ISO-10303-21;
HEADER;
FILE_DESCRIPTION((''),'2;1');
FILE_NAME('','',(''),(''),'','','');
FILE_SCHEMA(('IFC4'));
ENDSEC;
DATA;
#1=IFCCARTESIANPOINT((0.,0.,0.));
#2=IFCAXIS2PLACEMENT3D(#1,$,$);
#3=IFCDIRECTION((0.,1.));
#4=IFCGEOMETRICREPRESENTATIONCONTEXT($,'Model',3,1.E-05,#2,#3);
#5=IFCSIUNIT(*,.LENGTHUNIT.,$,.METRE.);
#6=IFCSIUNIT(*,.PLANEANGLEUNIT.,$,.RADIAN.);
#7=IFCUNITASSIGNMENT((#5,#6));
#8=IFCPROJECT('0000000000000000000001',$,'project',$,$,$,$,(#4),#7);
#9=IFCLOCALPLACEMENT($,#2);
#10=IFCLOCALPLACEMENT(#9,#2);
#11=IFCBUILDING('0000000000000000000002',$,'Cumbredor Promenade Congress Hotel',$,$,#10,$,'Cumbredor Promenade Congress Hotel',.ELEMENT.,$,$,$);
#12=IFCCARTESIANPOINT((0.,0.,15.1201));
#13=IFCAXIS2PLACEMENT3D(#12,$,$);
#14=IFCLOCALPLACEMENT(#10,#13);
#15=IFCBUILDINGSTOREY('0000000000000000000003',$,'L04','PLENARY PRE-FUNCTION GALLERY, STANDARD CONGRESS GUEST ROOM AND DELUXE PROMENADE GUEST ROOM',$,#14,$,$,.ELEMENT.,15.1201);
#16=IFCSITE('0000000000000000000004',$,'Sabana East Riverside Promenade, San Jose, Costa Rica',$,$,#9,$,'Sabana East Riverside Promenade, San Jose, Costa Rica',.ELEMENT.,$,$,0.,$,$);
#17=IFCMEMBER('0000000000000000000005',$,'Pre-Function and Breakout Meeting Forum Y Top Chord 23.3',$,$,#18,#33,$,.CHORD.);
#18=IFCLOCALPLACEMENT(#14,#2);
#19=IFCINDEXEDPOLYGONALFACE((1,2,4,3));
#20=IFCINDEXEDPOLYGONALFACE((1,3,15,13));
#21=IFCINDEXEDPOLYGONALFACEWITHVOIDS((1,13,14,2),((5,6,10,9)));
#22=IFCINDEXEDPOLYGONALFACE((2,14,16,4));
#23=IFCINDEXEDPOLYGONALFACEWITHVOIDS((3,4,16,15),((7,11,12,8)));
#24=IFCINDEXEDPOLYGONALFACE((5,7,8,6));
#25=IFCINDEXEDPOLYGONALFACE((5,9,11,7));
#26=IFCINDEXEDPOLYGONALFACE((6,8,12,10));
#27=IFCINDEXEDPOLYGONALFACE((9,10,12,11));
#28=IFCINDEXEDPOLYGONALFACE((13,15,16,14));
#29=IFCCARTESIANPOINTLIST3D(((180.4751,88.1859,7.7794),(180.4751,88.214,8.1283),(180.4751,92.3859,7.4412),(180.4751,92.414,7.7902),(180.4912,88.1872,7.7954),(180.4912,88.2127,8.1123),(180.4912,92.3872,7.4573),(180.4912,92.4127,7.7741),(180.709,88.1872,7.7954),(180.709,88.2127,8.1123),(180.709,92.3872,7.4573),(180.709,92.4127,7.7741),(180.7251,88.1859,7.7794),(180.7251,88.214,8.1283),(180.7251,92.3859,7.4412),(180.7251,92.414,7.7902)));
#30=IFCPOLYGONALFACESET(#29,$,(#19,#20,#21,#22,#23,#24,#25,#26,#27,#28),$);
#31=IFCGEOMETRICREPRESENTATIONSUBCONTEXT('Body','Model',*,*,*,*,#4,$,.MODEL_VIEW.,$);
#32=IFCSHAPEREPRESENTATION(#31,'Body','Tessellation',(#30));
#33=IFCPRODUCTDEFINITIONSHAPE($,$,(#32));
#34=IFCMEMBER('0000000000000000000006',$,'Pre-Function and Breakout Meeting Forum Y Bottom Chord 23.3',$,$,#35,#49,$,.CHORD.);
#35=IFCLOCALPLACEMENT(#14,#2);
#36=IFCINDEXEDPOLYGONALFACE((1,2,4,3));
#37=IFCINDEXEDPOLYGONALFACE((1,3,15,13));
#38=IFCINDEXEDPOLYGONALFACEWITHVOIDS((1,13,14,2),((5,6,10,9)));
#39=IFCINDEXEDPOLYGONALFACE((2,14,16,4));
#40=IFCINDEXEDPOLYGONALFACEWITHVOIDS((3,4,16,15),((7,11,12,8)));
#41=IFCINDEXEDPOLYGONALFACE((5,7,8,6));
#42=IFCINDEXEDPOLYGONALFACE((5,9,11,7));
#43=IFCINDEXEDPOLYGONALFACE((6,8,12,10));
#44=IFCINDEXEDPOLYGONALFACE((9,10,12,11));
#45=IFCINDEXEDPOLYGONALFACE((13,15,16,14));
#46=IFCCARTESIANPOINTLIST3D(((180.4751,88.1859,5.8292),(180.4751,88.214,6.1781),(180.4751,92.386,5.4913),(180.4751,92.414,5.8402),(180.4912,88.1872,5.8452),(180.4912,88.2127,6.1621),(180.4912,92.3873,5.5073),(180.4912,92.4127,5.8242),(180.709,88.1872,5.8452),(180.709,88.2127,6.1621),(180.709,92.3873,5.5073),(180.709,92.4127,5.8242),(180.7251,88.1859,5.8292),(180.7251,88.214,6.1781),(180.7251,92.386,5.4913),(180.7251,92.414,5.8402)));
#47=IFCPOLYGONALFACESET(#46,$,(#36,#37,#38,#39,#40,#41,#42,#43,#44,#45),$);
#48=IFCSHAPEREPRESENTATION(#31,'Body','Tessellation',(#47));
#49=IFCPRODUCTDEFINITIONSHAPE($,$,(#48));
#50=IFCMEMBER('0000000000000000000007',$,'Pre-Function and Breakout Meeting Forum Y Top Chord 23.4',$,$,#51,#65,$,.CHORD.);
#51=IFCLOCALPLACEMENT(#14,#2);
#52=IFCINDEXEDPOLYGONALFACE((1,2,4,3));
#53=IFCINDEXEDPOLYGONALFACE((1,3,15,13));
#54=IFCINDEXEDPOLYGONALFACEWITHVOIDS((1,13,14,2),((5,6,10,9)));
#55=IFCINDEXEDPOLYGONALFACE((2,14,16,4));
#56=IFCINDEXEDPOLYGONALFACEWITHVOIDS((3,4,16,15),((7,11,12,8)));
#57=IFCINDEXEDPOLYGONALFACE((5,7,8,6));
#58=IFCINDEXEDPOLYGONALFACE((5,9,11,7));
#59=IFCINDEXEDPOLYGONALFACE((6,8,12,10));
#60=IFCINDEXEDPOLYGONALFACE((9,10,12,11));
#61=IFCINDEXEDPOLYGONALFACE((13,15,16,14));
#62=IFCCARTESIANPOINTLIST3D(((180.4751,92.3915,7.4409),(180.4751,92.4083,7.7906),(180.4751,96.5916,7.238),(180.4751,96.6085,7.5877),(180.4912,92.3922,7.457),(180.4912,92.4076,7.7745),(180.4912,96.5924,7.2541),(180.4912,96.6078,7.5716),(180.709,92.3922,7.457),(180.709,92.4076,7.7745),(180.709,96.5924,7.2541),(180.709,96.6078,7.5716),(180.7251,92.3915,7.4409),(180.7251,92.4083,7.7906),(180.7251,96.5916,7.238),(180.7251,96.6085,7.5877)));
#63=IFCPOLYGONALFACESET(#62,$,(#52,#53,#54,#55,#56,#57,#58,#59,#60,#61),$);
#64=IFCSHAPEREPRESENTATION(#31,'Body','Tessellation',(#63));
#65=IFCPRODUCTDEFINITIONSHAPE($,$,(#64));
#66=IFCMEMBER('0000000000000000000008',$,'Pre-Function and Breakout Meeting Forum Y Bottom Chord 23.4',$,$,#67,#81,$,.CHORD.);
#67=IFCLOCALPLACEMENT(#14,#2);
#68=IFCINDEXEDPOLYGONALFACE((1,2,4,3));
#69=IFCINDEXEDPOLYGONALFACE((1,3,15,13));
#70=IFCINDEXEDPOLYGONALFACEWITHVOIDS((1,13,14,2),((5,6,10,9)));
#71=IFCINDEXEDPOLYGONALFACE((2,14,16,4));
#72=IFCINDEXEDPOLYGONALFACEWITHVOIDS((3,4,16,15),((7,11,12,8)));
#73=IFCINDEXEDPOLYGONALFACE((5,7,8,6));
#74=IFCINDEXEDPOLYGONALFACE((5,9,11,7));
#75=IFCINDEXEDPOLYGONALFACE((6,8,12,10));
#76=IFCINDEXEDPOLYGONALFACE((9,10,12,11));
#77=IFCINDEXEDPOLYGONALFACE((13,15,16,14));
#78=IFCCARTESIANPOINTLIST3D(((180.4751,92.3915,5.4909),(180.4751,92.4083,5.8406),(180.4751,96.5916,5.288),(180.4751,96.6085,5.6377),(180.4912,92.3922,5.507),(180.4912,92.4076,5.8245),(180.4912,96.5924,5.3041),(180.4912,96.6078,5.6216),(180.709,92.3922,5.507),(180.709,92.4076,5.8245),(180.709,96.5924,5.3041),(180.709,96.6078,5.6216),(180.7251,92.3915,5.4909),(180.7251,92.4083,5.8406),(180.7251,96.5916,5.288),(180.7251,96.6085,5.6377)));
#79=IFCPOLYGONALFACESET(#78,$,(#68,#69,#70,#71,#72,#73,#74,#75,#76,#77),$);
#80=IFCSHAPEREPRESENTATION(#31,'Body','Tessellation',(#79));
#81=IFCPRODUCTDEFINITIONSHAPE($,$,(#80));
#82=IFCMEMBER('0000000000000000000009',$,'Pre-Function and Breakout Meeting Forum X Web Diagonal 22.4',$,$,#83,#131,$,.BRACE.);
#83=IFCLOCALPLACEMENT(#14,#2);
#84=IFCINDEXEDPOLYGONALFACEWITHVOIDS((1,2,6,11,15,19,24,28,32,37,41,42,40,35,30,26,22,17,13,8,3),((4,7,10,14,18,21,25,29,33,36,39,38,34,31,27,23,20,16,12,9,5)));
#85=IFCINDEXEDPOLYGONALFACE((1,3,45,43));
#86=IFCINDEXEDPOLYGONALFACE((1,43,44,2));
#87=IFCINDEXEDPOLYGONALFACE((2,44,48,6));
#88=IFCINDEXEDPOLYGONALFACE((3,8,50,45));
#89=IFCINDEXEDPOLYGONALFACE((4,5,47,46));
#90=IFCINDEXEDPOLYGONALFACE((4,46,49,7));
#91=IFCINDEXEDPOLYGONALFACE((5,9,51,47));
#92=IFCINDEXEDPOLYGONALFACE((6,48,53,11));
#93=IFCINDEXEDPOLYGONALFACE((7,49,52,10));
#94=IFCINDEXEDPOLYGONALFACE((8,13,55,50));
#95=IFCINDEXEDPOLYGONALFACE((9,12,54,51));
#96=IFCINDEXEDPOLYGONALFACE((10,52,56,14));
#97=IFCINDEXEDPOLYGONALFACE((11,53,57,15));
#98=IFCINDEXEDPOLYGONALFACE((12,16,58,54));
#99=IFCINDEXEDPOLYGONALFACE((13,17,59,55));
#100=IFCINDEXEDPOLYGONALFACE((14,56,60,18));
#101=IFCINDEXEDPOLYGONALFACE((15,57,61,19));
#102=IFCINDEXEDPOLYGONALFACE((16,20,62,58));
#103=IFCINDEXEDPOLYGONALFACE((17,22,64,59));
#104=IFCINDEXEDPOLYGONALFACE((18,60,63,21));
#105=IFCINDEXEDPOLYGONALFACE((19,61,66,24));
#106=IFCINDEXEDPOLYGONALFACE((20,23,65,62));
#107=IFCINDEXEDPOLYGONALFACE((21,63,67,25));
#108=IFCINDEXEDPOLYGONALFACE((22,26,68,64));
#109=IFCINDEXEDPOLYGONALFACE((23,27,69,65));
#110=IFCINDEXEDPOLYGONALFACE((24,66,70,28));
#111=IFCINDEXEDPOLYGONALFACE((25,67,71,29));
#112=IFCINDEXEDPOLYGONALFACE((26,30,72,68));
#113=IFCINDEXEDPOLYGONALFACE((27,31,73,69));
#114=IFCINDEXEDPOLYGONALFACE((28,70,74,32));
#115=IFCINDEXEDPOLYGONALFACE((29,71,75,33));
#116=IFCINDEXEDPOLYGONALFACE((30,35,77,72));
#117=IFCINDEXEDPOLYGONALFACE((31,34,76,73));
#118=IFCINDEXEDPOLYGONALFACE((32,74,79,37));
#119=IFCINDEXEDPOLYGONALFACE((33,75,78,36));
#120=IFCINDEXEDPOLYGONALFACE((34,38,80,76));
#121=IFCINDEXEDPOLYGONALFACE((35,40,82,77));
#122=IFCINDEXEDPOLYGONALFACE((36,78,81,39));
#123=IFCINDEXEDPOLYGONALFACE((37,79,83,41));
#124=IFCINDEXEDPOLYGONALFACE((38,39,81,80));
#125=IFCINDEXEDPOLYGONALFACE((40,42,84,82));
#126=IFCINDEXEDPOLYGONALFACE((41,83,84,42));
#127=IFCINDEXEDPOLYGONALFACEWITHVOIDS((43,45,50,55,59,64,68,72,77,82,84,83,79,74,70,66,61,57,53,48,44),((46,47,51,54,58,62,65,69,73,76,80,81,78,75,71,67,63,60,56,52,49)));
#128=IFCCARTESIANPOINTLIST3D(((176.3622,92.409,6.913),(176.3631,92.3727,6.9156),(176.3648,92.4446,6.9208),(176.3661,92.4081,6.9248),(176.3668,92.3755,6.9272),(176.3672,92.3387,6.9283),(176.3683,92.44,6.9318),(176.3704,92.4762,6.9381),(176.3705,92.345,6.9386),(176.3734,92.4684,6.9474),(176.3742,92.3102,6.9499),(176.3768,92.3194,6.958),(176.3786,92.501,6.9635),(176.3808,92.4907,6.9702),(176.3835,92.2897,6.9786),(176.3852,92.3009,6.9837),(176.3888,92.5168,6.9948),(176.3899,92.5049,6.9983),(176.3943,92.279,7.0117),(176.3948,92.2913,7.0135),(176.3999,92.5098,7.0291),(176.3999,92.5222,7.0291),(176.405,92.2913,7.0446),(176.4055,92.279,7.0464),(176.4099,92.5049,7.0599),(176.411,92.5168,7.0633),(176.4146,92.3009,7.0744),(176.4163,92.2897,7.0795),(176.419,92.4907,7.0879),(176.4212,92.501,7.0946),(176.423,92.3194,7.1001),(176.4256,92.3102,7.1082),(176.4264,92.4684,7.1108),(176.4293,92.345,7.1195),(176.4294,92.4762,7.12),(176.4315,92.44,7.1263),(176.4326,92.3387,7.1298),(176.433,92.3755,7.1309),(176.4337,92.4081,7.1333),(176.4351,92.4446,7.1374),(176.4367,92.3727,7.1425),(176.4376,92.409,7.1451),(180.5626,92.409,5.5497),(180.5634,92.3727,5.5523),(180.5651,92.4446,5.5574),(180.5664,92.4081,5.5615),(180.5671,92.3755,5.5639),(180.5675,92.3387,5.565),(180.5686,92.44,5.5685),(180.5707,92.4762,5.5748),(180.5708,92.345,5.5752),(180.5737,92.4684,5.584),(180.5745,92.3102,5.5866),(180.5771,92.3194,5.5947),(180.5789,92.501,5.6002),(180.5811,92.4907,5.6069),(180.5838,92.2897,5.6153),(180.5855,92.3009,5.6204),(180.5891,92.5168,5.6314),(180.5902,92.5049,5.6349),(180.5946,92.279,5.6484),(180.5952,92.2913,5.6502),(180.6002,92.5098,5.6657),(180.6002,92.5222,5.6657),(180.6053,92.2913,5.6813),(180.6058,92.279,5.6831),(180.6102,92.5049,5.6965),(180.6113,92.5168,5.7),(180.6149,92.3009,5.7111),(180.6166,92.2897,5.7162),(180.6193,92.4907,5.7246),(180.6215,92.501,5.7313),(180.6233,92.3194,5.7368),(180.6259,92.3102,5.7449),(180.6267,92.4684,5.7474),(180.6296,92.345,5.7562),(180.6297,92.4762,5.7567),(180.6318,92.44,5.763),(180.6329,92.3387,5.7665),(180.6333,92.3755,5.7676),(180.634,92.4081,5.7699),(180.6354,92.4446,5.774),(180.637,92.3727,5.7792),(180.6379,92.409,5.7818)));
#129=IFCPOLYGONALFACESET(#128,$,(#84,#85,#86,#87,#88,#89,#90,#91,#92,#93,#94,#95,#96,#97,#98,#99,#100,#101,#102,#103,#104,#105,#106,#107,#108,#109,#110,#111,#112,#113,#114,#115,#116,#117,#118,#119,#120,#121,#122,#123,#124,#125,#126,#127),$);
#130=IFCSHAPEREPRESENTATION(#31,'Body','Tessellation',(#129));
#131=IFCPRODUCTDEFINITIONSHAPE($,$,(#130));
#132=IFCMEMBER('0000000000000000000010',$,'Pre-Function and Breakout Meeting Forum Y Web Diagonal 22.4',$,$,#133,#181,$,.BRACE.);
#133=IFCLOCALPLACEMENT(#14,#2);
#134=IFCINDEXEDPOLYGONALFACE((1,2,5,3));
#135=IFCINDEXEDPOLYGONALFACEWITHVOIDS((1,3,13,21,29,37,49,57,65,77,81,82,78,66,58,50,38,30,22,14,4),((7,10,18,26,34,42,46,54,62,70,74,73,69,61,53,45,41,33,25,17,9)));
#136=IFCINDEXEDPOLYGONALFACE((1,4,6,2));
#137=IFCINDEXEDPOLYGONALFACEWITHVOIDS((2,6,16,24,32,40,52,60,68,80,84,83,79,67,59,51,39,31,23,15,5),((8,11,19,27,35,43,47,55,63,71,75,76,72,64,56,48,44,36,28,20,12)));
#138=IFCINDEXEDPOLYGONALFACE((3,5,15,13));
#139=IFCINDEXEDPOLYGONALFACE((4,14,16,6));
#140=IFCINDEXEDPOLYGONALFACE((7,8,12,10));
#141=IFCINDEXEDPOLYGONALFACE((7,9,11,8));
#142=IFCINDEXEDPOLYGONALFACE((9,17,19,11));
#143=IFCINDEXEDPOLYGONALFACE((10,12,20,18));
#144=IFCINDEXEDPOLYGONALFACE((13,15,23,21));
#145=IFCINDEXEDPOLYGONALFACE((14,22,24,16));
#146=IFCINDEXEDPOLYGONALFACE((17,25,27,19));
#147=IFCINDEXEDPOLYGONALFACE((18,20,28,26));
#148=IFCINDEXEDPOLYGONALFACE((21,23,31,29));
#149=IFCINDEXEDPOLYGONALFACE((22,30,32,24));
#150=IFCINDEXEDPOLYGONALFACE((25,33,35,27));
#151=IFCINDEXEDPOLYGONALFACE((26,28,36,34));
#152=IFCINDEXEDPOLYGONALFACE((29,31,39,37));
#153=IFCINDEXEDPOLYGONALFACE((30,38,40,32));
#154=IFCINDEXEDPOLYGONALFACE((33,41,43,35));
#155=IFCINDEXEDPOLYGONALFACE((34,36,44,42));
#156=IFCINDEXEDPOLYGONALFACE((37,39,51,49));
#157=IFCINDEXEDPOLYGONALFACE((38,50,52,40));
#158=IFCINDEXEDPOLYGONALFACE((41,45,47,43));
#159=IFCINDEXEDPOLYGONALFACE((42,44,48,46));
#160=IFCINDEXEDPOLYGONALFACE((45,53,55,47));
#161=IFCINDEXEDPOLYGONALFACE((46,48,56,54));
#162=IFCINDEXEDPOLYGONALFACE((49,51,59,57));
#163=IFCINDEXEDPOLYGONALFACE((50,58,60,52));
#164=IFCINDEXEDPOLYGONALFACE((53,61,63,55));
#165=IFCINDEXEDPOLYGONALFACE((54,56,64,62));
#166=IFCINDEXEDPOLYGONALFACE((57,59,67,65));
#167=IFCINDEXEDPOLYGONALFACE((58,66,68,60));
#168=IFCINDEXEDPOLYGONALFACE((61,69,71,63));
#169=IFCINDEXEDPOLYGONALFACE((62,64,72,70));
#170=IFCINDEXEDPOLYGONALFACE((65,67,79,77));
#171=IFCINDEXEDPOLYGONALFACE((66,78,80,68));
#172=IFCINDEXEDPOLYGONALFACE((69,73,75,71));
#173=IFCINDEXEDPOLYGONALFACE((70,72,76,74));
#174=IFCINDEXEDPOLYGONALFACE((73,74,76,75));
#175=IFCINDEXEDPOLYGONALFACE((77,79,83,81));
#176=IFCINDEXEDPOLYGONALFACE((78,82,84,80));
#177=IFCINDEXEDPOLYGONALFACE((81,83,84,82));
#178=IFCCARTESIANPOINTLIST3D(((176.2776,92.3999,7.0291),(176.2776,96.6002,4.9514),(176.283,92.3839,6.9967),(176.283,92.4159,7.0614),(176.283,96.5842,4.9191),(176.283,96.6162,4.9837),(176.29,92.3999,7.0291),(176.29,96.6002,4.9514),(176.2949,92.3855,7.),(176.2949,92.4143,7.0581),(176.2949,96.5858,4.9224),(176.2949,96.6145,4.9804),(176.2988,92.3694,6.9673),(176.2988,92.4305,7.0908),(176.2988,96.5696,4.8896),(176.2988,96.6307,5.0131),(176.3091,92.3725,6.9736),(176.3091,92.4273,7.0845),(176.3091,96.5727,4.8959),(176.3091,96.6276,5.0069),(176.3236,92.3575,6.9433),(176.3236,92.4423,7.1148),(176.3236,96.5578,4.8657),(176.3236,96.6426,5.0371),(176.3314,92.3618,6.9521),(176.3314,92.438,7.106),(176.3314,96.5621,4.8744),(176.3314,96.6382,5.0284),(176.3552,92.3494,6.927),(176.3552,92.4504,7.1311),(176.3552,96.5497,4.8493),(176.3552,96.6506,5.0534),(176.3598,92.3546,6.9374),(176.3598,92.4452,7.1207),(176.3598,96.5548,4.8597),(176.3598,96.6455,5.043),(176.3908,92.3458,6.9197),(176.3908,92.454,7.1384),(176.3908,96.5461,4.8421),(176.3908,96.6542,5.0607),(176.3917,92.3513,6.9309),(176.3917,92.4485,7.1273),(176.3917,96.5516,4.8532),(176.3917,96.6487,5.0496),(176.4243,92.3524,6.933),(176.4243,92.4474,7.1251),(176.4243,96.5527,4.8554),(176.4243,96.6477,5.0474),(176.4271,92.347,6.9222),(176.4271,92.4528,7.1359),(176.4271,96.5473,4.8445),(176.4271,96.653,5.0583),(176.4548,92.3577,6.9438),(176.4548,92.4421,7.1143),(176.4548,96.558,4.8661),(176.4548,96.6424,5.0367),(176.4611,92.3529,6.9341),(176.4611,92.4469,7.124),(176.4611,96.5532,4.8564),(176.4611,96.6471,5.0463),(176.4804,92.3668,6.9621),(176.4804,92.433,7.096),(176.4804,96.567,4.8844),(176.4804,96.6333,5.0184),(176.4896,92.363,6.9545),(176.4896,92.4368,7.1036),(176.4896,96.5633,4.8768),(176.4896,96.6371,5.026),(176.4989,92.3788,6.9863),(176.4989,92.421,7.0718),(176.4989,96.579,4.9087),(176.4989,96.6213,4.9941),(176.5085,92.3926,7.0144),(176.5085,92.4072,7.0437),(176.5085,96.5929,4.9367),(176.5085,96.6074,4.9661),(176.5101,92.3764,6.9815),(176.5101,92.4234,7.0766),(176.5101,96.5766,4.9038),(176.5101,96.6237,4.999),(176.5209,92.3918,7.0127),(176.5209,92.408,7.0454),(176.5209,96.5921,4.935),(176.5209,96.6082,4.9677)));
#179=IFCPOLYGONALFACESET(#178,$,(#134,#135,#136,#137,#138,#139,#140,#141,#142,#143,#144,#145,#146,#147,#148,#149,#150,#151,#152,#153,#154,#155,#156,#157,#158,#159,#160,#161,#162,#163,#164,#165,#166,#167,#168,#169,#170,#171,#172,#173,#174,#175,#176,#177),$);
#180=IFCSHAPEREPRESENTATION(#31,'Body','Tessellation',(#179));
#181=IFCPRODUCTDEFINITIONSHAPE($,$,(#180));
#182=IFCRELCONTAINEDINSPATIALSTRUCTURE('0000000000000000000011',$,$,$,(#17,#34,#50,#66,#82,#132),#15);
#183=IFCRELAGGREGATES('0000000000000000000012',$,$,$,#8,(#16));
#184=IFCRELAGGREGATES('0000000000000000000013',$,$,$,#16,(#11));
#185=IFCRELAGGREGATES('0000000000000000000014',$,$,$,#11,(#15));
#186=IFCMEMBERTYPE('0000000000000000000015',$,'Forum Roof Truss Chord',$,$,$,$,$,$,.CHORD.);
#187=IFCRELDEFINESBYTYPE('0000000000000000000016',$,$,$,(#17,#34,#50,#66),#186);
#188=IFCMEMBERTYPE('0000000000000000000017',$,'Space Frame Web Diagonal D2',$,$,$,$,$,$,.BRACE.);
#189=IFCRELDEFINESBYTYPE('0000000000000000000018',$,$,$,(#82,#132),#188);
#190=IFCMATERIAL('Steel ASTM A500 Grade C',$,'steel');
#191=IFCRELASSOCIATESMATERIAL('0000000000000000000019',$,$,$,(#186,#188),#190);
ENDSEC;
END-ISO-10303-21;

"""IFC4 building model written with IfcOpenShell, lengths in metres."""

from ifc_helpers import new_model, si_unit, direction, frame, origin, origin_2d, place, context, subcontext, project, spatial, hollow_rectangle, hollow_circle, extrude, material, material_profile, profile_set, type_object, element, save


model = new_model("IFC4")

# Units and contexts
model_context = context("Model", 3, precision=1e-05, world=origin(), true_north=direction((0.0, 1.0)))
body_context = subcontext(model_context, "Body", "Model", "MODEL_VIEW")
ifc_project = project(units=[si_unit("LENGTHUNIT", "METRE"), si_unit("PLANEANGLEUNIT", "RADIAN")], contexts=[model_context])

# Site, building, storey
site_placement = place(None, origin())
site = spatial("IfcSite", under=ifc_project, at=site_placement, Name="Sabana East Riverside Promenade, San Jose, Costa Rica", LongName="Sabana East Riverside Promenade, San Jose, Costa Rica", CompositionType="ELEMENT", RefElevation=0.0)
building_placement = place(site_placement, origin())
building = spatial("IfcBuilding", under=site, at=building_placement, Name="Cumbredor Promenade Congress Hotel", LongName="Cumbredor Promenade Congress Hotel", CompositionType="ELEMENT")
storey_placement = place(building_placement, frame((0.0, 0.0, 15.1201)))
storey = spatial("IfcBuildingStorey", under=building, at=storey_placement, Name="L04", Description="PLENARY PRE-FUNCTION GALLERY, STANDARD CONGRESS GUEST ROOM AND DELUXE PROMENADE GUEST ROOM", CompositionType="ELEMENT", Elevation=15.1201)

# Members
ifc_material_1 = material(Name="Steel ASTM A500 Grade C", Category="steel")
ifc_material_profile_1 = material_profile(ifc_material_1, hollow_rectangle(XDim=0.25, YDim=0.3501, WallThickness=0.0161, at=origin_2d()), Name="HSS 350x250x16")
ifc_profile_set_1 = profile_set([ifc_material_profile_1], Name="Steel ASTM A500 Grade C")
member_type_1 = type_object("IfcMemberType", Name="Forum Roof Truss Chord", PredefinedType="CHORD", material=ifc_profile_set_1)
for number, where, z_axis, x_axis, name in (
    (1, (180.6001, 88.2, 7.9539), (0.0, 0.996775, -0.08025), (-1.0, 0.0, 0.0), "Pre-Function and Breakout Meeting Forum Y Top Chord 23.3"),
    (2, (180.6001, 88.2, 6.0037), (0.0, 0.996779, -0.080192), (-1.0, 0.0, 0.0), "Pre-Function and Breakout Meeting Forum Y Bottom Chord 23.3"),
):
    element("IfcMember", number, at=place(storey_placement, frame(where, z_axis=z_axis, x_axis=x_axis)), inside=storey, type_object=member_type_1, Name=name, PredefinedType="CHORD", context=body_context, shape_type="SweptSolid", body=[
        extrude(hollow_rectangle(XDim=0.25, YDim=0.3501, WallThickness=0.0161, at=origin_2d()), origin(), (0.0, 0.0, 1.0), 4.2136),
    ])
for number, where, z_axis, x_axis, name in (
    (3, (180.6001, 92.3999, 7.6157), (0.0, 0.998835, -0.048246), (-1.0, 0.0, 0.0), "Pre-Function and Breakout Meeting Forum Y Top Chord 23.4"),
    (4, (180.6001, 92.3999, 5.6658), (0.0, 0.998835, -0.048246), (-1.0, 0.0, 0.0), "Pre-Function and Breakout Meeting Forum Y Bottom Chord 23.4"),
):
    element("IfcMember", number, at=place(storey_placement, frame(where, z_axis=z_axis, x_axis=x_axis)), inside=storey, type_object=member_type_1, Name=name, PredefinedType="CHORD", context=body_context, shape_type="SweptSolid", body=[
        extrude(hollow_rectangle(XDim=0.25, YDim=0.3501, WallThickness=0.0161, at=origin_2d()), origin(), (0.0, 0.0, 1.0), 4.2051),
    ])
ifc_material_profile_2 = material_profile(ifc_material_1, hollow_circle(Radius=0.1223, WallThickness=0.0125, at=origin_2d()), Name="CHS 244.5x12.5")
ifc_profile_set_2 = profile_set([ifc_material_profile_2], Name="Steel ASTM A500 Grade C")
member_type_2 = type_object("IfcMemberType", Name="Space Frame Web Diagonal D2", PredefinedType="BRACE", material=ifc_profile_set_2)
member_1_placement = place(storey_placement, frame((176.3999, 92.3999, 7.0291), z_axis=(0.951153, 0.0, -0.308721), x_axis=(0.0, 1.0, 0.0)))
element("IfcMember", 5, at=member_1_placement, inside=storey, type_object=member_type_2, Name="Pre-Function and Breakout Meeting Forum X Web Diagonal 22.4", PredefinedType="BRACE", context=body_context, shape_type="SweptSolid", body=[
    extrude(hollow_circle(Radius=0.1223, WallThickness=0.0125, at=origin_2d()), origin(), (0.0, 0.0, 1.0), 4.416),
])
member_2_placement = place(storey_placement, frame((176.3999, 92.3999, 7.0291), z_axis=(0.0, 0.896336, -0.443375), x_axis=(-1.0, 0.0, 0.0)))
element("IfcMember", 6, at=member_2_placement, inside=storey, type_object=member_type_2, Name="Pre-Function and Breakout Meeting Forum Y Web Diagonal 22.4", PredefinedType="BRACE", context=body_context, shape_type="SweptSolid", body=[
    extrude(hollow_circle(Radius=0.1223, WallThickness=0.0125, at=origin_2d()), origin(), (0.0, 0.0, 1.0), 4.686),
])

save(model, "model.ifc")
